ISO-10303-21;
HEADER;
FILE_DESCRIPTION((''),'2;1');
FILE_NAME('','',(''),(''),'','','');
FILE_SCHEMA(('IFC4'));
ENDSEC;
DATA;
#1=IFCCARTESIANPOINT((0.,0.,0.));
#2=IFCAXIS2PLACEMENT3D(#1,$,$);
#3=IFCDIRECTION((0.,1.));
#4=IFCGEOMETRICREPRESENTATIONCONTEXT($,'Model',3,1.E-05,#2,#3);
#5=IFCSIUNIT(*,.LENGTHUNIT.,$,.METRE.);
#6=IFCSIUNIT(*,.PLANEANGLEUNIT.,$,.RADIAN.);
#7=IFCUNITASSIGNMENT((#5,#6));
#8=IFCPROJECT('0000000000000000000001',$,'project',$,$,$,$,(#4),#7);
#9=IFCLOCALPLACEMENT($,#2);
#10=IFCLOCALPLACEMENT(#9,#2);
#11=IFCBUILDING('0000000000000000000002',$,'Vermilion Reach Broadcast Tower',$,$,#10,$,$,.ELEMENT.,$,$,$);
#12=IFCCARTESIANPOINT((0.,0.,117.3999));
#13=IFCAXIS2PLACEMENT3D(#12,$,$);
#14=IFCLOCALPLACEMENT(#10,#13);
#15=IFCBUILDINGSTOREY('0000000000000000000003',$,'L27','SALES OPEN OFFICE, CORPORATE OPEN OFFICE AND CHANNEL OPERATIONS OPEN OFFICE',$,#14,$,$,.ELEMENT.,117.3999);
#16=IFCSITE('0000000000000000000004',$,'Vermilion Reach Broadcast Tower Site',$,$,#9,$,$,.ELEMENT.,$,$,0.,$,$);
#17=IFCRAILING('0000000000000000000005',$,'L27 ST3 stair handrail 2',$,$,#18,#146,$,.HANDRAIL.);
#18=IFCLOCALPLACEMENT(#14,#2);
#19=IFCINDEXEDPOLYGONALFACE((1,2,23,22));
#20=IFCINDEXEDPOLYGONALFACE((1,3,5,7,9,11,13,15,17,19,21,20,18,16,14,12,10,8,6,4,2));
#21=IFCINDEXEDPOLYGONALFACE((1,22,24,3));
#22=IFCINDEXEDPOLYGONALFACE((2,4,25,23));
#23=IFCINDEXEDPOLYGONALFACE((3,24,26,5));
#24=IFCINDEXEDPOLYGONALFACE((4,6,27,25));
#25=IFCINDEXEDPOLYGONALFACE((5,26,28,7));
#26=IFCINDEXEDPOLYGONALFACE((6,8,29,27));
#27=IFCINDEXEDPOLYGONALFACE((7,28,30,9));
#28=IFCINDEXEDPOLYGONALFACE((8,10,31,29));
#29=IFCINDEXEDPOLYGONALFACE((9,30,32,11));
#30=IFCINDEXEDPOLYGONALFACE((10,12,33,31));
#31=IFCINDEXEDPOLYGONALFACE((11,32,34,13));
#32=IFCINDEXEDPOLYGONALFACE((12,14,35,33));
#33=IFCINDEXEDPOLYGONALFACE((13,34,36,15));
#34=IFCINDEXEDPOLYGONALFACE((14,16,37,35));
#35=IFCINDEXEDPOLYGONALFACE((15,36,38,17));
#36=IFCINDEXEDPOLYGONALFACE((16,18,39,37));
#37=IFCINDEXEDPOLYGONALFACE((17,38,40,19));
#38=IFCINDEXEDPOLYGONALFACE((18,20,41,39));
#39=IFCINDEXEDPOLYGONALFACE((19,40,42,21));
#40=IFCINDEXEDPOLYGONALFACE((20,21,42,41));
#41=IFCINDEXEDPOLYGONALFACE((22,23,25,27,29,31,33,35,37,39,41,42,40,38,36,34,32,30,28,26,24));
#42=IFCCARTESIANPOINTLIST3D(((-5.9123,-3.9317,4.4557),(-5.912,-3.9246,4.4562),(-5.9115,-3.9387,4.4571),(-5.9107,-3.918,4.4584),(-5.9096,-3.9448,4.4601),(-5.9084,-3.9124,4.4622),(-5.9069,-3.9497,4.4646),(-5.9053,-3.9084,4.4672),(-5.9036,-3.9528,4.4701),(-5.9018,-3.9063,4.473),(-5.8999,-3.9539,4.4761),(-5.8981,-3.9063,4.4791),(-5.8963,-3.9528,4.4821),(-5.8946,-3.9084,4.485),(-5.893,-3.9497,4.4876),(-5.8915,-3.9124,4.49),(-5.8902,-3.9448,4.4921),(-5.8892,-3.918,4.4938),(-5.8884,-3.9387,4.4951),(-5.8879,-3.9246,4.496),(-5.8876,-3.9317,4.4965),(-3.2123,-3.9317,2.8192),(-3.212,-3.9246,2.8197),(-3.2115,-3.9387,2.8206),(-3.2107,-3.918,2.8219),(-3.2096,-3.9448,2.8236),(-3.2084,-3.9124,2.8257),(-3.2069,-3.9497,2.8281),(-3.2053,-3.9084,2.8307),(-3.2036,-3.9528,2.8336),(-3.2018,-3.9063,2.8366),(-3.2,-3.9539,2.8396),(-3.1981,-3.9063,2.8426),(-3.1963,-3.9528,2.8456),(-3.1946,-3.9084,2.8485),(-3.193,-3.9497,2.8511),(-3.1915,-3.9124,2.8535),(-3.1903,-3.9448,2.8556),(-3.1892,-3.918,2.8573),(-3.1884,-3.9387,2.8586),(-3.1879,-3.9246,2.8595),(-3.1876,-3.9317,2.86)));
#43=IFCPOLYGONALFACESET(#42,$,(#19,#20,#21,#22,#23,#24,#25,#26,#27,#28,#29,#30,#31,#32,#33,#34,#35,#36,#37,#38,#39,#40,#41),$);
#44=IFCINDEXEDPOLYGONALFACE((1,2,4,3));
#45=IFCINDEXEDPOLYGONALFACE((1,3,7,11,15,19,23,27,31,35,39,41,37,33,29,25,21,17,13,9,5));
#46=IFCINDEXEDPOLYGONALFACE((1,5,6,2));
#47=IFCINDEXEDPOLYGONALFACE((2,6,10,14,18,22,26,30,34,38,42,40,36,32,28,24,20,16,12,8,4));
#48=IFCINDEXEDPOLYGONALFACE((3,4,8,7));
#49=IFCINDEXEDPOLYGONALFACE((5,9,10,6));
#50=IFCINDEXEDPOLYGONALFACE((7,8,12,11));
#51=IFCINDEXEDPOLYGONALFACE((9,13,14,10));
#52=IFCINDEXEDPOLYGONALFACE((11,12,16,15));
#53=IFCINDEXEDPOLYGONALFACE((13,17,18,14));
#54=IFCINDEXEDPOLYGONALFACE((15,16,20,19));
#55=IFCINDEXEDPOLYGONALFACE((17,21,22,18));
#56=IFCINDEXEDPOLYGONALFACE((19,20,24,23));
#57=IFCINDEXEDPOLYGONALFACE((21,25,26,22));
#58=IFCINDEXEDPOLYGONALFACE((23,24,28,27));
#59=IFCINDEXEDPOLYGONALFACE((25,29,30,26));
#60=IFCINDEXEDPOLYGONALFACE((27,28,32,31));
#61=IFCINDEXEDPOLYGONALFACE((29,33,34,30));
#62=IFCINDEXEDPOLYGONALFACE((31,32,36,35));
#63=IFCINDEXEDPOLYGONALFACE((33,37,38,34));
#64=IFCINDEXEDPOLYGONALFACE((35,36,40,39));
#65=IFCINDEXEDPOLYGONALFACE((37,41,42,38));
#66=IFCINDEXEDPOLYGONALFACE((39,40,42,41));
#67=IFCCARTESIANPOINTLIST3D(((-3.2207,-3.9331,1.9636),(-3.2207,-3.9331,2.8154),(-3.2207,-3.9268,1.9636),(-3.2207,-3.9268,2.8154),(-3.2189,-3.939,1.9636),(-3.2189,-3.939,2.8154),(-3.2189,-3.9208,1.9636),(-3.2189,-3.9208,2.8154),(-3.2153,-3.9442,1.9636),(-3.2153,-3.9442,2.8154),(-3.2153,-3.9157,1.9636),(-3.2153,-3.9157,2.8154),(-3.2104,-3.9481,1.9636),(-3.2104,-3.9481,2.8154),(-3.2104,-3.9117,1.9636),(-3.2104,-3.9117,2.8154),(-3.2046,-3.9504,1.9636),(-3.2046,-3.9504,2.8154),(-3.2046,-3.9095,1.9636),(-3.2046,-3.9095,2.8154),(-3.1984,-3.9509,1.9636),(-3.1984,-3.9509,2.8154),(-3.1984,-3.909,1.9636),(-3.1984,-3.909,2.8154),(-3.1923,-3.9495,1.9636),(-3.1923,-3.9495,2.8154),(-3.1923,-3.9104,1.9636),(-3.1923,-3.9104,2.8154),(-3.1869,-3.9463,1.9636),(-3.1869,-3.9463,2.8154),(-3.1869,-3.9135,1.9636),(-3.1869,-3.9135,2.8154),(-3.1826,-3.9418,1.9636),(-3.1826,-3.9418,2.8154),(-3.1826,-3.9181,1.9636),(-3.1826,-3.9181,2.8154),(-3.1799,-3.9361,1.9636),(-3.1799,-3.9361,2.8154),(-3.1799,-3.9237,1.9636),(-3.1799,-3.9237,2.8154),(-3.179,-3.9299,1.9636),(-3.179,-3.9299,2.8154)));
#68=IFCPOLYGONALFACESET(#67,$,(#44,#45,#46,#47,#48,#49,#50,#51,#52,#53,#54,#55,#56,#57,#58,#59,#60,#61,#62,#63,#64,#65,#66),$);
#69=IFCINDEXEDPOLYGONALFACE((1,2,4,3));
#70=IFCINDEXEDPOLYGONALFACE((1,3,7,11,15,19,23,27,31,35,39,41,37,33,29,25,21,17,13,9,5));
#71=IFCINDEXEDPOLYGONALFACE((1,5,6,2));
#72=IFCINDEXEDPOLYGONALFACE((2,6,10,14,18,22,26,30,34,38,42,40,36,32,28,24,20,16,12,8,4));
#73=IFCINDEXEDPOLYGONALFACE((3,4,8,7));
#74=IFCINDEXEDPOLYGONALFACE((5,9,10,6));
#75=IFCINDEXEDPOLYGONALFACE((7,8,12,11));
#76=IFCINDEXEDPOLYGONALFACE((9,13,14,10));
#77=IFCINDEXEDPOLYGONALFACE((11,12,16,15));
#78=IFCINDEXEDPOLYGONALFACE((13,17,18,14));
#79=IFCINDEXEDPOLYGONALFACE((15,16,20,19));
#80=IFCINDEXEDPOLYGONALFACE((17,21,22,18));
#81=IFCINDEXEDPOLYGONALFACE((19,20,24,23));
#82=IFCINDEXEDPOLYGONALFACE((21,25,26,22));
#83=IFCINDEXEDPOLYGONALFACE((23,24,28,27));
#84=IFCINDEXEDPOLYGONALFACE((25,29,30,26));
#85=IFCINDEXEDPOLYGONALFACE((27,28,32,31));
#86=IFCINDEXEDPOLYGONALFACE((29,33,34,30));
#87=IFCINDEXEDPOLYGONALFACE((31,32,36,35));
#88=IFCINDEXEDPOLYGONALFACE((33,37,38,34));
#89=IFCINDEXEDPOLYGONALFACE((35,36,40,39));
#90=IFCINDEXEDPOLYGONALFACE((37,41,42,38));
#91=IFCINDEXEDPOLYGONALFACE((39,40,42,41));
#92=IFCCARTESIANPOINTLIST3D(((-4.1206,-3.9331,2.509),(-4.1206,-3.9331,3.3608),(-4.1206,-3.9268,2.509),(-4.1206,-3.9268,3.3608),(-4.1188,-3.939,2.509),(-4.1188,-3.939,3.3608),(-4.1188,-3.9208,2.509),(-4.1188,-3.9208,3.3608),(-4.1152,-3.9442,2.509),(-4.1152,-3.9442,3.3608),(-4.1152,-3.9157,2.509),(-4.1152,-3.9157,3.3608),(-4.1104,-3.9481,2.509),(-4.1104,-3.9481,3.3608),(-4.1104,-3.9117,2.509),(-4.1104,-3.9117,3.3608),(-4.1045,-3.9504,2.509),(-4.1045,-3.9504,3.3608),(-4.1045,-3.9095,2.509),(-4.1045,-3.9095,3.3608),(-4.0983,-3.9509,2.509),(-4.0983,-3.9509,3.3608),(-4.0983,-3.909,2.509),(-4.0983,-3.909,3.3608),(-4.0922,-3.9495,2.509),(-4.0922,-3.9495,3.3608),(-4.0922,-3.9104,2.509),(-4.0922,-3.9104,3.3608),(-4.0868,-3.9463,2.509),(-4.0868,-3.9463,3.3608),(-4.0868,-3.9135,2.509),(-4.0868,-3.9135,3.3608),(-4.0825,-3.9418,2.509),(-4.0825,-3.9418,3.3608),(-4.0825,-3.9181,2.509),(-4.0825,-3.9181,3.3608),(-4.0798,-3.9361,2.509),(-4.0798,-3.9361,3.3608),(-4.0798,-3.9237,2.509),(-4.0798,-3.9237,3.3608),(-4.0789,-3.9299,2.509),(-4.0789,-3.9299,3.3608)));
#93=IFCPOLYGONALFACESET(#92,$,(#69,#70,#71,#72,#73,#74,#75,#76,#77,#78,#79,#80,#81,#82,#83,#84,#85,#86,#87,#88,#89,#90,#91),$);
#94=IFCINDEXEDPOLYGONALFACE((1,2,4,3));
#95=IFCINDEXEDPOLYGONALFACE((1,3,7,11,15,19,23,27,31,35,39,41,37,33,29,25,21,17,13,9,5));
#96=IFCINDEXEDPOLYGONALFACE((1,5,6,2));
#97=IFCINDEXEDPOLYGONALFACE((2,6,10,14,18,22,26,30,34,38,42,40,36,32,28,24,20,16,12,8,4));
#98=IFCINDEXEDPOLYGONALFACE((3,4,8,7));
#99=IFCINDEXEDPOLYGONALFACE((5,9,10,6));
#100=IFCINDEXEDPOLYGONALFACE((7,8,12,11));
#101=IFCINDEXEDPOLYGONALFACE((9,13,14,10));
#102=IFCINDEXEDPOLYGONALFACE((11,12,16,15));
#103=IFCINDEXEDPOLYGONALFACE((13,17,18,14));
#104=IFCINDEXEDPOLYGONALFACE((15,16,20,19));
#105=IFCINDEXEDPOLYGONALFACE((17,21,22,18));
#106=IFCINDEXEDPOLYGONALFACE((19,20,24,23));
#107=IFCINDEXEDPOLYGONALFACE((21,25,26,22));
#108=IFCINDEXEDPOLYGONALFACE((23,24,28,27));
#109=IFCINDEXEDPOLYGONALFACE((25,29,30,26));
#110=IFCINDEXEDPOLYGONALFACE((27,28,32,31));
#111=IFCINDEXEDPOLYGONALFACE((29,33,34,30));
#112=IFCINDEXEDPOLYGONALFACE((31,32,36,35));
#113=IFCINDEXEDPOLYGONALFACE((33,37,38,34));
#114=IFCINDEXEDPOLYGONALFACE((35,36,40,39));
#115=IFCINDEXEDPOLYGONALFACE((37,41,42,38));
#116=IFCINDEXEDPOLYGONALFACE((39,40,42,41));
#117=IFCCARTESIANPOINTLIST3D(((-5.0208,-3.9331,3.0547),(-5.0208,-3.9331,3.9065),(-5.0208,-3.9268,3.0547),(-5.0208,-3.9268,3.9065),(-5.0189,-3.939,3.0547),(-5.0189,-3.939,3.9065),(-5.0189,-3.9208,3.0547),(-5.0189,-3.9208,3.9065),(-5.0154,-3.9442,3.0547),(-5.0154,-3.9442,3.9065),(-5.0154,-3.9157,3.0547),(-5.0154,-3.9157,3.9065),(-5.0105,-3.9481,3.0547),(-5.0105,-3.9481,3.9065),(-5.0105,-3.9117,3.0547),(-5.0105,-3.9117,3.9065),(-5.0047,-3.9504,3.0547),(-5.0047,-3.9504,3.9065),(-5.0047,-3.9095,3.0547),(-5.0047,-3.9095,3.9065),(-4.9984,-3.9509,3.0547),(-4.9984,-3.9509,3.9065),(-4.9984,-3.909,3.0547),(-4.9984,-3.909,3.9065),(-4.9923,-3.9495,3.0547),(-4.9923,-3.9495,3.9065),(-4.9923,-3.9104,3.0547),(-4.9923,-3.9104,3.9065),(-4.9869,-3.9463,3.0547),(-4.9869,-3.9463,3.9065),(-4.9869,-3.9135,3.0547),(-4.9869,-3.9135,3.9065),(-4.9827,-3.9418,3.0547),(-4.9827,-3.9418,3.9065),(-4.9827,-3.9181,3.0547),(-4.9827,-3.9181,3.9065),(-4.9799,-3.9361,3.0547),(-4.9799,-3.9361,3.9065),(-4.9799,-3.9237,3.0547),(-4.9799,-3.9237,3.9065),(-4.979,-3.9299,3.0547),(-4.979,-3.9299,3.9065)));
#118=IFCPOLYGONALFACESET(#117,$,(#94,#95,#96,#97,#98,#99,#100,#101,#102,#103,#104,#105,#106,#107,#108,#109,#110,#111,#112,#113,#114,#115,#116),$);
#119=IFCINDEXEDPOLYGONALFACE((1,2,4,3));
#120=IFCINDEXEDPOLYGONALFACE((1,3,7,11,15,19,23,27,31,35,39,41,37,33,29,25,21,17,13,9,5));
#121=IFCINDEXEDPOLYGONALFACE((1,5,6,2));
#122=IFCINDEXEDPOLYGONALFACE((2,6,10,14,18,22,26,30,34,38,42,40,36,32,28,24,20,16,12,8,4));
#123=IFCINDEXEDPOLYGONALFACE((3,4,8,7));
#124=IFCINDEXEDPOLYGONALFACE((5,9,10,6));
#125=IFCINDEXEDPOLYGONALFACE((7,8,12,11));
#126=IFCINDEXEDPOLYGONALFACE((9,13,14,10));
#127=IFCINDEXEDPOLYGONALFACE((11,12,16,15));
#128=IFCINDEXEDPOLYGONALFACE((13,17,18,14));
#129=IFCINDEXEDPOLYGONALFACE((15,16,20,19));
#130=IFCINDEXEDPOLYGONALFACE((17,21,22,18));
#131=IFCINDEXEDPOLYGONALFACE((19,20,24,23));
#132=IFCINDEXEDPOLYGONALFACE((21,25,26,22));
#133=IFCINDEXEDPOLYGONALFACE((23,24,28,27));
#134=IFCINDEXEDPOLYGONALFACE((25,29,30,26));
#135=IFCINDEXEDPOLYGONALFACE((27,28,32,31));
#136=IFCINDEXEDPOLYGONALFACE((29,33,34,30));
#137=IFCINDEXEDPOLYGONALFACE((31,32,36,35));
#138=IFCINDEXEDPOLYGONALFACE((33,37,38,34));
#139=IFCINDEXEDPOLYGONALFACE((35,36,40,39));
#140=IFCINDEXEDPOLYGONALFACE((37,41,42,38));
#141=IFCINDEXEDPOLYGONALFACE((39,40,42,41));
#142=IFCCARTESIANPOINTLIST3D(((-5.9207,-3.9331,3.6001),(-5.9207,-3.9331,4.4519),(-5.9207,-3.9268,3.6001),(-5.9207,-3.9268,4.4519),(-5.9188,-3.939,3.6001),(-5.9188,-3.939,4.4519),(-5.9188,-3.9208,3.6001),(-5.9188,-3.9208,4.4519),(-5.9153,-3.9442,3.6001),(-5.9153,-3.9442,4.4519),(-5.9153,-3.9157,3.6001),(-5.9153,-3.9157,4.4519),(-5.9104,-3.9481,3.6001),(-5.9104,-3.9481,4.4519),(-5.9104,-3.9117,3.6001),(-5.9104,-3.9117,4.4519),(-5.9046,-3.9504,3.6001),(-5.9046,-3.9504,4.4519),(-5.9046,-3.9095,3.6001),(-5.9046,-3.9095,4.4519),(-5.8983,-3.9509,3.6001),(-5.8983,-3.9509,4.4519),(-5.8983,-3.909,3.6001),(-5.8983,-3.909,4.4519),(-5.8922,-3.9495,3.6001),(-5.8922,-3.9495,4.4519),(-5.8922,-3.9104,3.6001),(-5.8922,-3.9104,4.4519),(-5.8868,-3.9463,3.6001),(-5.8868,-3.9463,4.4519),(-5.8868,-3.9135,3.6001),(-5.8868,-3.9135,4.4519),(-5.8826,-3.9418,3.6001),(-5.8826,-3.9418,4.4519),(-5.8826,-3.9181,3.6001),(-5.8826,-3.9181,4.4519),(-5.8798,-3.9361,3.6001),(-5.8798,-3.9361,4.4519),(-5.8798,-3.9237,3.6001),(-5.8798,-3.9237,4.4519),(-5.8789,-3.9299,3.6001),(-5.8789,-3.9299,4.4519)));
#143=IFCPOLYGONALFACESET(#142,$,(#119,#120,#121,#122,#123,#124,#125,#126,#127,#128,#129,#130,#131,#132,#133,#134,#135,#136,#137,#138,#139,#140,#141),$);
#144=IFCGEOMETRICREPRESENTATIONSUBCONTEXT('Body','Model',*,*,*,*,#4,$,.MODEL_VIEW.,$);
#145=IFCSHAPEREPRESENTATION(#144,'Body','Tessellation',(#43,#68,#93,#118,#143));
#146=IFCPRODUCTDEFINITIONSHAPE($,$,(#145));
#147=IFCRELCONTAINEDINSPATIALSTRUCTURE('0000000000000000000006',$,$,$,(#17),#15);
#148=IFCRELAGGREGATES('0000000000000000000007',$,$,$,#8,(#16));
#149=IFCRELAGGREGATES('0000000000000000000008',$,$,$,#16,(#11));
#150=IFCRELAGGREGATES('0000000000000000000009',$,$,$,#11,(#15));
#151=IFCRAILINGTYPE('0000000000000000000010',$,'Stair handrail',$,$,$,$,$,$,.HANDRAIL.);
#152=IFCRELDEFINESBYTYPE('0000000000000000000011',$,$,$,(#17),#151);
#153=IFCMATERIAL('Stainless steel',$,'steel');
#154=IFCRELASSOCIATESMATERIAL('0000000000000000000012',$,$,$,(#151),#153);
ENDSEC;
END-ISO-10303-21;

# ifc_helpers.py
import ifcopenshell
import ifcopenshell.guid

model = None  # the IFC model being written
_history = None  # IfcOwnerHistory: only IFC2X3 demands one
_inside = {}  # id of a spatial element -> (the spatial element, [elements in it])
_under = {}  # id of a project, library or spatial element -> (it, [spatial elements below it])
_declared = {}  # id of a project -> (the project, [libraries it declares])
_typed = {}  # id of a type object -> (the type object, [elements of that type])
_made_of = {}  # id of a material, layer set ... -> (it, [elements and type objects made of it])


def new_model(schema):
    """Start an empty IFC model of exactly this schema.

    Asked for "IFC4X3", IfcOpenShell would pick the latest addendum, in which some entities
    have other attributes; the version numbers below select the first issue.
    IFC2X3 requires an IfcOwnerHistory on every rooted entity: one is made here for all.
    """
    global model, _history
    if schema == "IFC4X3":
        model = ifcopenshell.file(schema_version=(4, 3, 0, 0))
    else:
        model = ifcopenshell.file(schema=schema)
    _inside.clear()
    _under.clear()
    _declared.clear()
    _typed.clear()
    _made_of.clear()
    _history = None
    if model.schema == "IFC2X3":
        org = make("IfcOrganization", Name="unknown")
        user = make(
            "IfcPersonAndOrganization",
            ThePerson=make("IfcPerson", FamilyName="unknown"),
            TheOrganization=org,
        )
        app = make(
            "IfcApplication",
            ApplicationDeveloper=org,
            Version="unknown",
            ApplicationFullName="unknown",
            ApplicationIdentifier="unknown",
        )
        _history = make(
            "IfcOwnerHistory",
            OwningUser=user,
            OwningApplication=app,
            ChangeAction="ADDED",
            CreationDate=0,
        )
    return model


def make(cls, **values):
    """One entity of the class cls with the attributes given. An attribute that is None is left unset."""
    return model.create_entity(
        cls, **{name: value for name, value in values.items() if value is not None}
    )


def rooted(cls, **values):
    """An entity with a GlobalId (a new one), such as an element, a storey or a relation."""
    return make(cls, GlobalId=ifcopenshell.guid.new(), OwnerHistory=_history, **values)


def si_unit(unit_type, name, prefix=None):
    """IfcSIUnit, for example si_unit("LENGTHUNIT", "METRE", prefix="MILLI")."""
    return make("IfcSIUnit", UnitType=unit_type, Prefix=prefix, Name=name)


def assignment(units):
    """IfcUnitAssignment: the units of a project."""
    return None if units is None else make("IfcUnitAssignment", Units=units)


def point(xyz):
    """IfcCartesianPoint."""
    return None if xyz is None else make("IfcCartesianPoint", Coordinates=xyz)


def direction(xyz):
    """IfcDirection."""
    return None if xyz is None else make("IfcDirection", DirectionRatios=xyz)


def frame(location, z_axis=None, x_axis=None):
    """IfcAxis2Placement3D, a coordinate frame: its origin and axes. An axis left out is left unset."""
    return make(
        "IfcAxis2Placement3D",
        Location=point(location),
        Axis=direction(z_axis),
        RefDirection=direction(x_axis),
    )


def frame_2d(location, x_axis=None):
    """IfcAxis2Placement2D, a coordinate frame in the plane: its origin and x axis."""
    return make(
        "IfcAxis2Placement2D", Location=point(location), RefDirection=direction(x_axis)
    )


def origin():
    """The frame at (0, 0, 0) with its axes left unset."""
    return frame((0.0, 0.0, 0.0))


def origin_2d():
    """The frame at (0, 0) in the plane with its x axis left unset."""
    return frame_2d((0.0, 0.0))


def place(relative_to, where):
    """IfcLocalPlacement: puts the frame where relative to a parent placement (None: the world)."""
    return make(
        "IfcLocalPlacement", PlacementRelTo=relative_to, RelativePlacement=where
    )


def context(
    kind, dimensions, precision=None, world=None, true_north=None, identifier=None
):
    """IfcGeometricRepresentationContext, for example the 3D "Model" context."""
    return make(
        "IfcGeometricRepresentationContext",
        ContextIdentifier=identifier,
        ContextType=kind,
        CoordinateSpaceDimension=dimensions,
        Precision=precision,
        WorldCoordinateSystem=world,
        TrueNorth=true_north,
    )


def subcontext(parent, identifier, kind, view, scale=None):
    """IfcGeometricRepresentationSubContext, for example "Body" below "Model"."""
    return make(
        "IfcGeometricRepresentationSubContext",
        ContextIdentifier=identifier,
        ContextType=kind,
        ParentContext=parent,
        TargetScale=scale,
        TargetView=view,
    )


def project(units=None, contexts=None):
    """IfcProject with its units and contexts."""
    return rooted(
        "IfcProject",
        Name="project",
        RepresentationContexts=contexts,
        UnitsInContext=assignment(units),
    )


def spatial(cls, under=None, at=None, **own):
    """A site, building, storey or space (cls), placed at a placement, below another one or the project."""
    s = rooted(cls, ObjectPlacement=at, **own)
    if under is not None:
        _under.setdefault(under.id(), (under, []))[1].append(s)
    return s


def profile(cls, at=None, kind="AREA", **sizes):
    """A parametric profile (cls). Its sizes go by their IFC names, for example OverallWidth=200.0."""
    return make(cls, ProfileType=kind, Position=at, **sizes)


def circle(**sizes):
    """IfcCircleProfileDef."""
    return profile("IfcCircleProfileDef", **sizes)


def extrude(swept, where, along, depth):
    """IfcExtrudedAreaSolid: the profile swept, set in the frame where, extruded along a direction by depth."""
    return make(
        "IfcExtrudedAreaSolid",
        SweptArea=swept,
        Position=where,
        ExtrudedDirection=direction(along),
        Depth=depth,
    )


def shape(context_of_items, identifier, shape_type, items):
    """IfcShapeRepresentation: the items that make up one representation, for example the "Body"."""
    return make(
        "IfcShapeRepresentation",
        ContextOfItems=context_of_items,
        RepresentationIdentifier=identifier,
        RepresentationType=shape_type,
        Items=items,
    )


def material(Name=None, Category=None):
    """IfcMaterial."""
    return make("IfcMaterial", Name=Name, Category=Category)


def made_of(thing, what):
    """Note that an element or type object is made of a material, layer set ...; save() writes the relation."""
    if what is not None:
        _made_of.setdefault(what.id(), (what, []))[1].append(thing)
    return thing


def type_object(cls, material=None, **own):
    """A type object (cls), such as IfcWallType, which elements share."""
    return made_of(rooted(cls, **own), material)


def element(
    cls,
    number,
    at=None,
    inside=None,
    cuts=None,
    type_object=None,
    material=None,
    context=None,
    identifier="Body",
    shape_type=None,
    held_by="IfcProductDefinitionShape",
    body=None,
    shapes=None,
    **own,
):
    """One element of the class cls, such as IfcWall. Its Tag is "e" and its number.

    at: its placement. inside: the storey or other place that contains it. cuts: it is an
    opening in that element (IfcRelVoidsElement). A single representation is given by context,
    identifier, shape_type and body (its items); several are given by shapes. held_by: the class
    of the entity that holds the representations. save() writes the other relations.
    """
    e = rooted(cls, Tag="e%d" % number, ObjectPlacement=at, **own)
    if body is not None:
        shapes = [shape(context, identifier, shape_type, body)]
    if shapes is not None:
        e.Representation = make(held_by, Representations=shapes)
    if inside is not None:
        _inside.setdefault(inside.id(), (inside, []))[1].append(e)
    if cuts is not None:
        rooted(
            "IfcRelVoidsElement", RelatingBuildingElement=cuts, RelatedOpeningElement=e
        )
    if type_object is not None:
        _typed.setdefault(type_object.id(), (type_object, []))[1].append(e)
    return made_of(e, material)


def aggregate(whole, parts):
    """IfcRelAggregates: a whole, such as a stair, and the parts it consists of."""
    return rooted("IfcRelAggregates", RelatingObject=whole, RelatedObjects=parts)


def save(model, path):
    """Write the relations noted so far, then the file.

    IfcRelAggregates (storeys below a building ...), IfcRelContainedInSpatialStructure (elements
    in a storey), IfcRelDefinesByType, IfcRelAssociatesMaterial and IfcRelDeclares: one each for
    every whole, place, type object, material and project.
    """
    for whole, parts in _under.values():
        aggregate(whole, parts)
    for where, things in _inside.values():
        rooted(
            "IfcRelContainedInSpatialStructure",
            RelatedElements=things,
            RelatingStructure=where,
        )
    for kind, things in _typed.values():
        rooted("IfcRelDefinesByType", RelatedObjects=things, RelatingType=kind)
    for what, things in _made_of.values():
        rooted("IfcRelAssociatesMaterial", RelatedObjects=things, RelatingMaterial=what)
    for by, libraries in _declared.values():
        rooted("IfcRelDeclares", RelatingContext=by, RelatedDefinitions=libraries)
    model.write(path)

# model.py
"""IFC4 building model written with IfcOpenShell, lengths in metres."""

from ifc_helpers import new_model, si_unit, direction, frame, origin, origin_2d, place, context, subcontext, project, spatial, circle, extrude, material, type_object, element, save


model = new_model("IFC4")

# Units and contexts
model_context = context("Model", 3, precision=1e-05, world=origin(), true_north=direction((0.0, 1.0)))
body_context = subcontext(model_context, "Body", "Model", "MODEL_VIEW")
ifc_project = project(units=[si_unit("LENGTHUNIT", "METRE"), si_unit("PLANEANGLEUNIT", "RADIAN")], contexts=[model_context])

# Site, building, storey
site_placement = place(None, origin())
site = spatial("IfcSite", under=ifc_project, at=site_placement, Name="Vermilion Reach Broadcast Tower Site", CompositionType="ELEMENT", RefElevation=0.0)
building_placement = place(site_placement, origin())
building = spatial("IfcBuilding", under=site, at=building_placement, Name="Vermilion Reach Broadcast Tower", CompositionType="ELEMENT")
storey_placement = place(building_placement, frame((0.0, 0.0, 117.3999)))
storey = spatial("IfcBuildingStorey", under=building, at=storey_placement, Name="L27", Description="SALES OPEN OFFICE, CORPORATE OPEN OFFICE AND CHANNEL OPERATIONS OPEN OFFICE", CompositionType="ELEMENT", Elevation=117.3999)

# Railing
ifc_material_1 = material(Name="Stainless steel", Category="steel")
railing_type_1 = type_object("IfcRailingType", Name="Stair handrail", PredefinedType="HANDRAIL", material=ifc_material_1)
railing_1_placement = place(storey_placement, frame((-3.2, -3.9299, 1.9636)))
element("IfcRailing", 1, at=railing_1_placement, inside=storey, type_object=railing_type_1, Name="L27 ST3 stair handrail 2", PredefinedType="HANDRAIL", context=body_context, shape_type="SweptSolid", body=[
    extrude(circle(Radius=0.0239, at=origin_2d()), frame((0.0, 0.0, 0.876), z_axis=(-0.855178, 0.0, 0.518334), x_axis=(0.0, -1.0, 0.0)), (0.0, 0.0, 1.0), 3.1572),
    extrude(circle(Radius=0.021, at=origin_2d()), origin(), (0.0, 0.0, 1.0), 0.8518),
    extrude(circle(Radius=0.021, at=origin_2d()), frame((-0.8999, 0.0, 0.5454)), (0.0, 0.0, 1.0), 0.8518),
    extrude(circle(Radius=0.021, at=origin_2d()), frame((-1.8, 0.0, 1.0911)), (0.0, 0.0, 1.0), 0.8518),
    extrude(circle(Radius=0.021, at=origin_2d()), frame((-2.7, 0.0, 1.6365)), (0.0, 0.0, 1.0), 0.8518),
])

save(model, "model.ifc")
